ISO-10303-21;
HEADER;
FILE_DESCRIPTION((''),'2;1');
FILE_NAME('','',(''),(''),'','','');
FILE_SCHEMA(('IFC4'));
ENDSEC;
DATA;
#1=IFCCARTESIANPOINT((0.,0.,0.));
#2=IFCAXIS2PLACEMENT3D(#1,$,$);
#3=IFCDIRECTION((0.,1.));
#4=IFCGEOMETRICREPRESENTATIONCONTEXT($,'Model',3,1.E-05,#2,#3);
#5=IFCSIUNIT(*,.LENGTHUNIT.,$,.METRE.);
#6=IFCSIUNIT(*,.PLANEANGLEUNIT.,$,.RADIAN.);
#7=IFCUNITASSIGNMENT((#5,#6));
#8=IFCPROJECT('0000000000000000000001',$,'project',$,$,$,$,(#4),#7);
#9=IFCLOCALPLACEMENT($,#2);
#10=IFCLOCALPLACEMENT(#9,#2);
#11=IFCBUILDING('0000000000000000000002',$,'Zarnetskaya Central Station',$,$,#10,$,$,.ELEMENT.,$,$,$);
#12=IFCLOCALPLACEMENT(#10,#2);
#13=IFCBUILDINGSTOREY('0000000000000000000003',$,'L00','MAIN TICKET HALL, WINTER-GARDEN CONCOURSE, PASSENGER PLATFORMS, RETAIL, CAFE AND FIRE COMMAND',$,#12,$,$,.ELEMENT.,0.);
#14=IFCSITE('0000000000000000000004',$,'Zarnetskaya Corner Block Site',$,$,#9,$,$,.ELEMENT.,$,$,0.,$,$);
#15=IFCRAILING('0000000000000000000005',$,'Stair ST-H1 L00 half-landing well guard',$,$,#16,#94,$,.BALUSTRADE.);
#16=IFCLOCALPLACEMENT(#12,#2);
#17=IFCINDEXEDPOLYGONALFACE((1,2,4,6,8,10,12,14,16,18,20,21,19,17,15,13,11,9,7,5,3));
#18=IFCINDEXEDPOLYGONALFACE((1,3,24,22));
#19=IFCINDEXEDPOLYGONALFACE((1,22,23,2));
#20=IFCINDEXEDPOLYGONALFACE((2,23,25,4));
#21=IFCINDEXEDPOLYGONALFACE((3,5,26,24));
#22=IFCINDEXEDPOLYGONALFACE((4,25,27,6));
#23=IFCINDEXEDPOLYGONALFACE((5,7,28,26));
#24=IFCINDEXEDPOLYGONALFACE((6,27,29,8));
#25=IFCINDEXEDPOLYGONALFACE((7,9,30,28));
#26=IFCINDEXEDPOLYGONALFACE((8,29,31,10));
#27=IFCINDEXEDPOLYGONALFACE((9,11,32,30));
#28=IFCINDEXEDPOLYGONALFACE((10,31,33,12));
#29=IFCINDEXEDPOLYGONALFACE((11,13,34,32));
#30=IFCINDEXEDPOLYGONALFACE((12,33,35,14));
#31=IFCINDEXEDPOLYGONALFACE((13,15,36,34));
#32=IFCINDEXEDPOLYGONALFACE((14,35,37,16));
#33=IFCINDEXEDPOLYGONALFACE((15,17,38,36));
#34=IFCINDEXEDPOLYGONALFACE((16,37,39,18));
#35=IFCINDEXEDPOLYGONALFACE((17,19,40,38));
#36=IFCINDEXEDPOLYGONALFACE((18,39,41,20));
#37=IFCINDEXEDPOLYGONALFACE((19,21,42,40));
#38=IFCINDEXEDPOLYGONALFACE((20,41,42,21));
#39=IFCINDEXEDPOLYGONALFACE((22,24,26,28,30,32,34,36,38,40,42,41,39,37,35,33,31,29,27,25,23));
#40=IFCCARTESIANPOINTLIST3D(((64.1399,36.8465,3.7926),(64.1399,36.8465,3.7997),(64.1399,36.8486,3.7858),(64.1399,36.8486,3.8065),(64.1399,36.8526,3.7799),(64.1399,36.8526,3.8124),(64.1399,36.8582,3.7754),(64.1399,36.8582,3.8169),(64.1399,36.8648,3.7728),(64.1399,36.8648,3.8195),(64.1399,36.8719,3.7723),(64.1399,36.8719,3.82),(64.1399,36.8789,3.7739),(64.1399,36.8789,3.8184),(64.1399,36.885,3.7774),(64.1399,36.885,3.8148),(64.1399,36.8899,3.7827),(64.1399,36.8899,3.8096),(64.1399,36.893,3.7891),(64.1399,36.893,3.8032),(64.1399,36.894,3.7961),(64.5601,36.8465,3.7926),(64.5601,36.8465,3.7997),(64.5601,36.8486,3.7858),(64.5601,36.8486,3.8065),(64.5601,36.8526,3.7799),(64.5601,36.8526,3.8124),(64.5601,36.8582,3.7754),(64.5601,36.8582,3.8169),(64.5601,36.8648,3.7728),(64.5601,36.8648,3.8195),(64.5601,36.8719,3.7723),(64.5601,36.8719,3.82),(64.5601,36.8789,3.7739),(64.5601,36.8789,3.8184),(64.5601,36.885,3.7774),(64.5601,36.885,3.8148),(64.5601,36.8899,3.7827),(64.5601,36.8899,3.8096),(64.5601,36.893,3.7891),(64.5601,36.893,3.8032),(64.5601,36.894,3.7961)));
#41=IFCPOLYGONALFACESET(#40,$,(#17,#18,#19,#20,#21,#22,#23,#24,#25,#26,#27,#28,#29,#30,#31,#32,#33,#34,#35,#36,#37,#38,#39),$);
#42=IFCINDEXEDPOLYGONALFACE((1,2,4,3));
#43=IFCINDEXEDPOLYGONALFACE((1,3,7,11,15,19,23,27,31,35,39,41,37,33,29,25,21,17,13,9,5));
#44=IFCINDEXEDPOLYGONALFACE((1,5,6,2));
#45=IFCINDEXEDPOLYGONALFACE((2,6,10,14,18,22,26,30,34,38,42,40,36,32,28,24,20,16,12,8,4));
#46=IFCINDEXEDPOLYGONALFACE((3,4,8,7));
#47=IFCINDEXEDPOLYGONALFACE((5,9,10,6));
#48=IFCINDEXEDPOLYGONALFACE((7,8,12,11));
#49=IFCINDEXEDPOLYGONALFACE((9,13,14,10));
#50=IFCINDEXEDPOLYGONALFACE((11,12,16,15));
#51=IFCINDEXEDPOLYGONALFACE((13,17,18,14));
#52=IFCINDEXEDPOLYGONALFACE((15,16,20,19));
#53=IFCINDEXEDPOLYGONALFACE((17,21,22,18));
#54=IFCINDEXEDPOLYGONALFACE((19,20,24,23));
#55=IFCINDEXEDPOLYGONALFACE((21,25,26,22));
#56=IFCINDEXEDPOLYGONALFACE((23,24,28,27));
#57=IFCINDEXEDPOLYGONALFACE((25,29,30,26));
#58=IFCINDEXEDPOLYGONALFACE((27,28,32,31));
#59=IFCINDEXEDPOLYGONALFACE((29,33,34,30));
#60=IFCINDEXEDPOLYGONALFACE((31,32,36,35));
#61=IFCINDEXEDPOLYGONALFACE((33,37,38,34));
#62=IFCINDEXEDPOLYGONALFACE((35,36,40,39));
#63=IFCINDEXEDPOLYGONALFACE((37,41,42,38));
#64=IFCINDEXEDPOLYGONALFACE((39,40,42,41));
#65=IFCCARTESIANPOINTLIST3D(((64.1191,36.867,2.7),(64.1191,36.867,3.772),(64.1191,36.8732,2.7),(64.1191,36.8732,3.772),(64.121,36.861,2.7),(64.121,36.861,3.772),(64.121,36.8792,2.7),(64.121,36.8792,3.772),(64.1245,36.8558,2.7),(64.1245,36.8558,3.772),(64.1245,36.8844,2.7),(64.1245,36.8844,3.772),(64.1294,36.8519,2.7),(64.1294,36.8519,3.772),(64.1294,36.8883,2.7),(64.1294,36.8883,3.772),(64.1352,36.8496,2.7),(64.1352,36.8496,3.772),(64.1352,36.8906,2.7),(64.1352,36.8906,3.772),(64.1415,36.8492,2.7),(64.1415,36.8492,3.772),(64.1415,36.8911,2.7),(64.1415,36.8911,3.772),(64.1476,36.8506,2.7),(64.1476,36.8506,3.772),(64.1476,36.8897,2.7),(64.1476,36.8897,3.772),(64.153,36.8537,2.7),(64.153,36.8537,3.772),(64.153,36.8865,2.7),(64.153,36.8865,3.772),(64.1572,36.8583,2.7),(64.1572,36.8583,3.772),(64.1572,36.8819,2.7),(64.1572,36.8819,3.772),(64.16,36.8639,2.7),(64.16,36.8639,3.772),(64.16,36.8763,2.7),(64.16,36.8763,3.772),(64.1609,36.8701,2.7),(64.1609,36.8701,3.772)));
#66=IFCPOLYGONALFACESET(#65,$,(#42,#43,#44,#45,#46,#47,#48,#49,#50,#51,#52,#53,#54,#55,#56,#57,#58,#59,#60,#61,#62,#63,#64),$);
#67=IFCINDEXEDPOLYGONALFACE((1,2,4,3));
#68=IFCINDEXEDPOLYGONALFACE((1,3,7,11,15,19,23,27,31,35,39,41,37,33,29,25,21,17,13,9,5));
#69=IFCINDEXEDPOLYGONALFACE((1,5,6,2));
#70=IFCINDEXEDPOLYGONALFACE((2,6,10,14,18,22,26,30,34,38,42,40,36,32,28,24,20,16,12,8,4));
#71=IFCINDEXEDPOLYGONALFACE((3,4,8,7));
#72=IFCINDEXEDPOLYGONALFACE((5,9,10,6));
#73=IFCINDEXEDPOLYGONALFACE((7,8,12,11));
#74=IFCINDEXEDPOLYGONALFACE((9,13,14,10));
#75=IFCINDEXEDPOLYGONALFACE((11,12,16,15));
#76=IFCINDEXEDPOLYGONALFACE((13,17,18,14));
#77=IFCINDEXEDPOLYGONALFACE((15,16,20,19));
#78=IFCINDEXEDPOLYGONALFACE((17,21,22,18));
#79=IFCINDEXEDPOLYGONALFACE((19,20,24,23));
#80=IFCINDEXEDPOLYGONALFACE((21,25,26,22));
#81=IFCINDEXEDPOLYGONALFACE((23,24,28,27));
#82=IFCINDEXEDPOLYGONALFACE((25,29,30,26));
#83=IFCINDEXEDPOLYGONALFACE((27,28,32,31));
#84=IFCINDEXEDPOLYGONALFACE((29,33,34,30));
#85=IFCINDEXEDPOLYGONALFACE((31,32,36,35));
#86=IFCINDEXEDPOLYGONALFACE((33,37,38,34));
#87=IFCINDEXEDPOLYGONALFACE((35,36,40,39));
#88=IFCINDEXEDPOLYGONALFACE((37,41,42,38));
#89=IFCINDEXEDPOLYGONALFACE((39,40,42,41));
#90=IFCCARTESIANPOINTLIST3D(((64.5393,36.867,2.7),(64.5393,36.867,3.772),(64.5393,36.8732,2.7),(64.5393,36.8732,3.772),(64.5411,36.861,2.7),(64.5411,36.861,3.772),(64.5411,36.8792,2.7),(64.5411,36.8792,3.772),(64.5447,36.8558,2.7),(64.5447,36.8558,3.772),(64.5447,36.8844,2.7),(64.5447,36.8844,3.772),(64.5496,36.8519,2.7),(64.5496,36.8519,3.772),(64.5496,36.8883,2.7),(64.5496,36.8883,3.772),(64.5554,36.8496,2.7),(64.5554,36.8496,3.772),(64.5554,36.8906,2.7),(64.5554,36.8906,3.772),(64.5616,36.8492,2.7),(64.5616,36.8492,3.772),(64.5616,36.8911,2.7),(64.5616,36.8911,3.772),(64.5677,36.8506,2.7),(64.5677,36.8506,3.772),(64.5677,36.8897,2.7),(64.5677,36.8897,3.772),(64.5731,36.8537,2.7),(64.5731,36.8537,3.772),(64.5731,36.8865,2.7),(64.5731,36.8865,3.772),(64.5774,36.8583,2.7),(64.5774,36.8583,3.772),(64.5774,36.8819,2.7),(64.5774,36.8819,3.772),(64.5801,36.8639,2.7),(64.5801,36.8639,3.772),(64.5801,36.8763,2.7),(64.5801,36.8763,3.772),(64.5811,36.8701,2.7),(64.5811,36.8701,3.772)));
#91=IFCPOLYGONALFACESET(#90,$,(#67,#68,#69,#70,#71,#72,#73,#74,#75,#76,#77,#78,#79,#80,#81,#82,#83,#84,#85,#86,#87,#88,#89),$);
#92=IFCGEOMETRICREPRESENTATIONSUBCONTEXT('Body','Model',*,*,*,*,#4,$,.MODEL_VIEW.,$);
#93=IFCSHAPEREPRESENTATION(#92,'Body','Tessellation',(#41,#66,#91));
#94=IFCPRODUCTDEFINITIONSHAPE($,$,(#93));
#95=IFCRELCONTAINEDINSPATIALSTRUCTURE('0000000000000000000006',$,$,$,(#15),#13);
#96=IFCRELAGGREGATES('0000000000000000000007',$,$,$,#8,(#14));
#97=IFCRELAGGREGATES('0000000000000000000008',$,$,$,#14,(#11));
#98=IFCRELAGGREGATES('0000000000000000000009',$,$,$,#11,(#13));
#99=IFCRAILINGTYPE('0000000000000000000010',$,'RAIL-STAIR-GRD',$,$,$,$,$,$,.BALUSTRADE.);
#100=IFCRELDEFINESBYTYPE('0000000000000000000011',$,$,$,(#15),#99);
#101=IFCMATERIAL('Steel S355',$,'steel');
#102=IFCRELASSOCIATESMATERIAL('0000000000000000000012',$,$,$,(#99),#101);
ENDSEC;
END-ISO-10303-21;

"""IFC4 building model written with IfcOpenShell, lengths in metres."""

from ifc_helpers import new_model, si_unit, direction, frame, origin, origin_2d, place, context, subcontext, project, spatial, circle, extrude, material, type_object, element, save


model = new_model("IFC4")

# Units and contexts
model_context = context("Model", 3, precision=1e-05, world=origin(), true_north=direction((0.0, 1.0)))
body_context = subcontext(model_context, "Body", "Model", "MODEL_VIEW")
ifc_project = project(units=[si_unit("LENGTHUNIT", "METRE"), si_unit("PLANEANGLEUNIT", "RADIAN")], contexts=[model_context])

# Site, building, storey
site_placement = place(None, origin())
site = spatial("IfcSite", under=ifc_project, at=site_placement, Name="Zarnetskaya Corner Block Site", CompositionType="ELEMENT", RefElevation=0.0)
building_placement = place(site_placement, origin())
building = spatial("IfcBuilding", under=site, at=building_placement, Name="Zarnetskaya Central Station", CompositionType="ELEMENT")
storey_placement = place(building_placement, origin())
storey = spatial("IfcBuildingStorey", under=building, at=storey_placement, Name="L00", Description="MAIN TICKET HALL, WINTER-GARDEN CONCOURSE, PASSENGER PLATFORMS, RETAIL, CAFE AND FIRE COMMAND", CompositionType="ELEMENT", Elevation=0.0)

# Shared definitions
ifc_material_1 = material(Name="Steel S355", Category="steel")

# Railing
railing_type_1 = type_object("IfcRailingType", Name="RAIL-STAIR-GRD", PredefinedType="BALUSTRADE", material=ifc_material_1)
railing_1_placement = place(storey_placement, frame((64.1399, 36.8701, 2.7)))
element("IfcRailing", 1, at=railing_1_placement, inside=storey, type_object=railing_type_1, Name="Stair ST-H1 L00 half-landing well guard", PredefinedType="BALUSTRADE", context=body_context, shape_type="SweptSolid", body=[
    extrude(circle(Radius=0.0239, at=origin_2d()), frame((0.0, 0.0, 1.0962), z_axis=(1.0, 0.0, 0.0), x_axis=(0.0, 1.0, 0.0)), (0.0, 0.0, 1.0), 0.4202),
    extrude(circle(Radius=0.021, at=origin_2d()), origin(), (0.0, 0.0, 1.0), 1.072),
    extrude(circle(Radius=0.021, at=origin_2d()), frame((0.4202, 0.0, 0.0)), (0.0, 0.0, 1.0), 1.072),
])

save(model, "model.ifc")
